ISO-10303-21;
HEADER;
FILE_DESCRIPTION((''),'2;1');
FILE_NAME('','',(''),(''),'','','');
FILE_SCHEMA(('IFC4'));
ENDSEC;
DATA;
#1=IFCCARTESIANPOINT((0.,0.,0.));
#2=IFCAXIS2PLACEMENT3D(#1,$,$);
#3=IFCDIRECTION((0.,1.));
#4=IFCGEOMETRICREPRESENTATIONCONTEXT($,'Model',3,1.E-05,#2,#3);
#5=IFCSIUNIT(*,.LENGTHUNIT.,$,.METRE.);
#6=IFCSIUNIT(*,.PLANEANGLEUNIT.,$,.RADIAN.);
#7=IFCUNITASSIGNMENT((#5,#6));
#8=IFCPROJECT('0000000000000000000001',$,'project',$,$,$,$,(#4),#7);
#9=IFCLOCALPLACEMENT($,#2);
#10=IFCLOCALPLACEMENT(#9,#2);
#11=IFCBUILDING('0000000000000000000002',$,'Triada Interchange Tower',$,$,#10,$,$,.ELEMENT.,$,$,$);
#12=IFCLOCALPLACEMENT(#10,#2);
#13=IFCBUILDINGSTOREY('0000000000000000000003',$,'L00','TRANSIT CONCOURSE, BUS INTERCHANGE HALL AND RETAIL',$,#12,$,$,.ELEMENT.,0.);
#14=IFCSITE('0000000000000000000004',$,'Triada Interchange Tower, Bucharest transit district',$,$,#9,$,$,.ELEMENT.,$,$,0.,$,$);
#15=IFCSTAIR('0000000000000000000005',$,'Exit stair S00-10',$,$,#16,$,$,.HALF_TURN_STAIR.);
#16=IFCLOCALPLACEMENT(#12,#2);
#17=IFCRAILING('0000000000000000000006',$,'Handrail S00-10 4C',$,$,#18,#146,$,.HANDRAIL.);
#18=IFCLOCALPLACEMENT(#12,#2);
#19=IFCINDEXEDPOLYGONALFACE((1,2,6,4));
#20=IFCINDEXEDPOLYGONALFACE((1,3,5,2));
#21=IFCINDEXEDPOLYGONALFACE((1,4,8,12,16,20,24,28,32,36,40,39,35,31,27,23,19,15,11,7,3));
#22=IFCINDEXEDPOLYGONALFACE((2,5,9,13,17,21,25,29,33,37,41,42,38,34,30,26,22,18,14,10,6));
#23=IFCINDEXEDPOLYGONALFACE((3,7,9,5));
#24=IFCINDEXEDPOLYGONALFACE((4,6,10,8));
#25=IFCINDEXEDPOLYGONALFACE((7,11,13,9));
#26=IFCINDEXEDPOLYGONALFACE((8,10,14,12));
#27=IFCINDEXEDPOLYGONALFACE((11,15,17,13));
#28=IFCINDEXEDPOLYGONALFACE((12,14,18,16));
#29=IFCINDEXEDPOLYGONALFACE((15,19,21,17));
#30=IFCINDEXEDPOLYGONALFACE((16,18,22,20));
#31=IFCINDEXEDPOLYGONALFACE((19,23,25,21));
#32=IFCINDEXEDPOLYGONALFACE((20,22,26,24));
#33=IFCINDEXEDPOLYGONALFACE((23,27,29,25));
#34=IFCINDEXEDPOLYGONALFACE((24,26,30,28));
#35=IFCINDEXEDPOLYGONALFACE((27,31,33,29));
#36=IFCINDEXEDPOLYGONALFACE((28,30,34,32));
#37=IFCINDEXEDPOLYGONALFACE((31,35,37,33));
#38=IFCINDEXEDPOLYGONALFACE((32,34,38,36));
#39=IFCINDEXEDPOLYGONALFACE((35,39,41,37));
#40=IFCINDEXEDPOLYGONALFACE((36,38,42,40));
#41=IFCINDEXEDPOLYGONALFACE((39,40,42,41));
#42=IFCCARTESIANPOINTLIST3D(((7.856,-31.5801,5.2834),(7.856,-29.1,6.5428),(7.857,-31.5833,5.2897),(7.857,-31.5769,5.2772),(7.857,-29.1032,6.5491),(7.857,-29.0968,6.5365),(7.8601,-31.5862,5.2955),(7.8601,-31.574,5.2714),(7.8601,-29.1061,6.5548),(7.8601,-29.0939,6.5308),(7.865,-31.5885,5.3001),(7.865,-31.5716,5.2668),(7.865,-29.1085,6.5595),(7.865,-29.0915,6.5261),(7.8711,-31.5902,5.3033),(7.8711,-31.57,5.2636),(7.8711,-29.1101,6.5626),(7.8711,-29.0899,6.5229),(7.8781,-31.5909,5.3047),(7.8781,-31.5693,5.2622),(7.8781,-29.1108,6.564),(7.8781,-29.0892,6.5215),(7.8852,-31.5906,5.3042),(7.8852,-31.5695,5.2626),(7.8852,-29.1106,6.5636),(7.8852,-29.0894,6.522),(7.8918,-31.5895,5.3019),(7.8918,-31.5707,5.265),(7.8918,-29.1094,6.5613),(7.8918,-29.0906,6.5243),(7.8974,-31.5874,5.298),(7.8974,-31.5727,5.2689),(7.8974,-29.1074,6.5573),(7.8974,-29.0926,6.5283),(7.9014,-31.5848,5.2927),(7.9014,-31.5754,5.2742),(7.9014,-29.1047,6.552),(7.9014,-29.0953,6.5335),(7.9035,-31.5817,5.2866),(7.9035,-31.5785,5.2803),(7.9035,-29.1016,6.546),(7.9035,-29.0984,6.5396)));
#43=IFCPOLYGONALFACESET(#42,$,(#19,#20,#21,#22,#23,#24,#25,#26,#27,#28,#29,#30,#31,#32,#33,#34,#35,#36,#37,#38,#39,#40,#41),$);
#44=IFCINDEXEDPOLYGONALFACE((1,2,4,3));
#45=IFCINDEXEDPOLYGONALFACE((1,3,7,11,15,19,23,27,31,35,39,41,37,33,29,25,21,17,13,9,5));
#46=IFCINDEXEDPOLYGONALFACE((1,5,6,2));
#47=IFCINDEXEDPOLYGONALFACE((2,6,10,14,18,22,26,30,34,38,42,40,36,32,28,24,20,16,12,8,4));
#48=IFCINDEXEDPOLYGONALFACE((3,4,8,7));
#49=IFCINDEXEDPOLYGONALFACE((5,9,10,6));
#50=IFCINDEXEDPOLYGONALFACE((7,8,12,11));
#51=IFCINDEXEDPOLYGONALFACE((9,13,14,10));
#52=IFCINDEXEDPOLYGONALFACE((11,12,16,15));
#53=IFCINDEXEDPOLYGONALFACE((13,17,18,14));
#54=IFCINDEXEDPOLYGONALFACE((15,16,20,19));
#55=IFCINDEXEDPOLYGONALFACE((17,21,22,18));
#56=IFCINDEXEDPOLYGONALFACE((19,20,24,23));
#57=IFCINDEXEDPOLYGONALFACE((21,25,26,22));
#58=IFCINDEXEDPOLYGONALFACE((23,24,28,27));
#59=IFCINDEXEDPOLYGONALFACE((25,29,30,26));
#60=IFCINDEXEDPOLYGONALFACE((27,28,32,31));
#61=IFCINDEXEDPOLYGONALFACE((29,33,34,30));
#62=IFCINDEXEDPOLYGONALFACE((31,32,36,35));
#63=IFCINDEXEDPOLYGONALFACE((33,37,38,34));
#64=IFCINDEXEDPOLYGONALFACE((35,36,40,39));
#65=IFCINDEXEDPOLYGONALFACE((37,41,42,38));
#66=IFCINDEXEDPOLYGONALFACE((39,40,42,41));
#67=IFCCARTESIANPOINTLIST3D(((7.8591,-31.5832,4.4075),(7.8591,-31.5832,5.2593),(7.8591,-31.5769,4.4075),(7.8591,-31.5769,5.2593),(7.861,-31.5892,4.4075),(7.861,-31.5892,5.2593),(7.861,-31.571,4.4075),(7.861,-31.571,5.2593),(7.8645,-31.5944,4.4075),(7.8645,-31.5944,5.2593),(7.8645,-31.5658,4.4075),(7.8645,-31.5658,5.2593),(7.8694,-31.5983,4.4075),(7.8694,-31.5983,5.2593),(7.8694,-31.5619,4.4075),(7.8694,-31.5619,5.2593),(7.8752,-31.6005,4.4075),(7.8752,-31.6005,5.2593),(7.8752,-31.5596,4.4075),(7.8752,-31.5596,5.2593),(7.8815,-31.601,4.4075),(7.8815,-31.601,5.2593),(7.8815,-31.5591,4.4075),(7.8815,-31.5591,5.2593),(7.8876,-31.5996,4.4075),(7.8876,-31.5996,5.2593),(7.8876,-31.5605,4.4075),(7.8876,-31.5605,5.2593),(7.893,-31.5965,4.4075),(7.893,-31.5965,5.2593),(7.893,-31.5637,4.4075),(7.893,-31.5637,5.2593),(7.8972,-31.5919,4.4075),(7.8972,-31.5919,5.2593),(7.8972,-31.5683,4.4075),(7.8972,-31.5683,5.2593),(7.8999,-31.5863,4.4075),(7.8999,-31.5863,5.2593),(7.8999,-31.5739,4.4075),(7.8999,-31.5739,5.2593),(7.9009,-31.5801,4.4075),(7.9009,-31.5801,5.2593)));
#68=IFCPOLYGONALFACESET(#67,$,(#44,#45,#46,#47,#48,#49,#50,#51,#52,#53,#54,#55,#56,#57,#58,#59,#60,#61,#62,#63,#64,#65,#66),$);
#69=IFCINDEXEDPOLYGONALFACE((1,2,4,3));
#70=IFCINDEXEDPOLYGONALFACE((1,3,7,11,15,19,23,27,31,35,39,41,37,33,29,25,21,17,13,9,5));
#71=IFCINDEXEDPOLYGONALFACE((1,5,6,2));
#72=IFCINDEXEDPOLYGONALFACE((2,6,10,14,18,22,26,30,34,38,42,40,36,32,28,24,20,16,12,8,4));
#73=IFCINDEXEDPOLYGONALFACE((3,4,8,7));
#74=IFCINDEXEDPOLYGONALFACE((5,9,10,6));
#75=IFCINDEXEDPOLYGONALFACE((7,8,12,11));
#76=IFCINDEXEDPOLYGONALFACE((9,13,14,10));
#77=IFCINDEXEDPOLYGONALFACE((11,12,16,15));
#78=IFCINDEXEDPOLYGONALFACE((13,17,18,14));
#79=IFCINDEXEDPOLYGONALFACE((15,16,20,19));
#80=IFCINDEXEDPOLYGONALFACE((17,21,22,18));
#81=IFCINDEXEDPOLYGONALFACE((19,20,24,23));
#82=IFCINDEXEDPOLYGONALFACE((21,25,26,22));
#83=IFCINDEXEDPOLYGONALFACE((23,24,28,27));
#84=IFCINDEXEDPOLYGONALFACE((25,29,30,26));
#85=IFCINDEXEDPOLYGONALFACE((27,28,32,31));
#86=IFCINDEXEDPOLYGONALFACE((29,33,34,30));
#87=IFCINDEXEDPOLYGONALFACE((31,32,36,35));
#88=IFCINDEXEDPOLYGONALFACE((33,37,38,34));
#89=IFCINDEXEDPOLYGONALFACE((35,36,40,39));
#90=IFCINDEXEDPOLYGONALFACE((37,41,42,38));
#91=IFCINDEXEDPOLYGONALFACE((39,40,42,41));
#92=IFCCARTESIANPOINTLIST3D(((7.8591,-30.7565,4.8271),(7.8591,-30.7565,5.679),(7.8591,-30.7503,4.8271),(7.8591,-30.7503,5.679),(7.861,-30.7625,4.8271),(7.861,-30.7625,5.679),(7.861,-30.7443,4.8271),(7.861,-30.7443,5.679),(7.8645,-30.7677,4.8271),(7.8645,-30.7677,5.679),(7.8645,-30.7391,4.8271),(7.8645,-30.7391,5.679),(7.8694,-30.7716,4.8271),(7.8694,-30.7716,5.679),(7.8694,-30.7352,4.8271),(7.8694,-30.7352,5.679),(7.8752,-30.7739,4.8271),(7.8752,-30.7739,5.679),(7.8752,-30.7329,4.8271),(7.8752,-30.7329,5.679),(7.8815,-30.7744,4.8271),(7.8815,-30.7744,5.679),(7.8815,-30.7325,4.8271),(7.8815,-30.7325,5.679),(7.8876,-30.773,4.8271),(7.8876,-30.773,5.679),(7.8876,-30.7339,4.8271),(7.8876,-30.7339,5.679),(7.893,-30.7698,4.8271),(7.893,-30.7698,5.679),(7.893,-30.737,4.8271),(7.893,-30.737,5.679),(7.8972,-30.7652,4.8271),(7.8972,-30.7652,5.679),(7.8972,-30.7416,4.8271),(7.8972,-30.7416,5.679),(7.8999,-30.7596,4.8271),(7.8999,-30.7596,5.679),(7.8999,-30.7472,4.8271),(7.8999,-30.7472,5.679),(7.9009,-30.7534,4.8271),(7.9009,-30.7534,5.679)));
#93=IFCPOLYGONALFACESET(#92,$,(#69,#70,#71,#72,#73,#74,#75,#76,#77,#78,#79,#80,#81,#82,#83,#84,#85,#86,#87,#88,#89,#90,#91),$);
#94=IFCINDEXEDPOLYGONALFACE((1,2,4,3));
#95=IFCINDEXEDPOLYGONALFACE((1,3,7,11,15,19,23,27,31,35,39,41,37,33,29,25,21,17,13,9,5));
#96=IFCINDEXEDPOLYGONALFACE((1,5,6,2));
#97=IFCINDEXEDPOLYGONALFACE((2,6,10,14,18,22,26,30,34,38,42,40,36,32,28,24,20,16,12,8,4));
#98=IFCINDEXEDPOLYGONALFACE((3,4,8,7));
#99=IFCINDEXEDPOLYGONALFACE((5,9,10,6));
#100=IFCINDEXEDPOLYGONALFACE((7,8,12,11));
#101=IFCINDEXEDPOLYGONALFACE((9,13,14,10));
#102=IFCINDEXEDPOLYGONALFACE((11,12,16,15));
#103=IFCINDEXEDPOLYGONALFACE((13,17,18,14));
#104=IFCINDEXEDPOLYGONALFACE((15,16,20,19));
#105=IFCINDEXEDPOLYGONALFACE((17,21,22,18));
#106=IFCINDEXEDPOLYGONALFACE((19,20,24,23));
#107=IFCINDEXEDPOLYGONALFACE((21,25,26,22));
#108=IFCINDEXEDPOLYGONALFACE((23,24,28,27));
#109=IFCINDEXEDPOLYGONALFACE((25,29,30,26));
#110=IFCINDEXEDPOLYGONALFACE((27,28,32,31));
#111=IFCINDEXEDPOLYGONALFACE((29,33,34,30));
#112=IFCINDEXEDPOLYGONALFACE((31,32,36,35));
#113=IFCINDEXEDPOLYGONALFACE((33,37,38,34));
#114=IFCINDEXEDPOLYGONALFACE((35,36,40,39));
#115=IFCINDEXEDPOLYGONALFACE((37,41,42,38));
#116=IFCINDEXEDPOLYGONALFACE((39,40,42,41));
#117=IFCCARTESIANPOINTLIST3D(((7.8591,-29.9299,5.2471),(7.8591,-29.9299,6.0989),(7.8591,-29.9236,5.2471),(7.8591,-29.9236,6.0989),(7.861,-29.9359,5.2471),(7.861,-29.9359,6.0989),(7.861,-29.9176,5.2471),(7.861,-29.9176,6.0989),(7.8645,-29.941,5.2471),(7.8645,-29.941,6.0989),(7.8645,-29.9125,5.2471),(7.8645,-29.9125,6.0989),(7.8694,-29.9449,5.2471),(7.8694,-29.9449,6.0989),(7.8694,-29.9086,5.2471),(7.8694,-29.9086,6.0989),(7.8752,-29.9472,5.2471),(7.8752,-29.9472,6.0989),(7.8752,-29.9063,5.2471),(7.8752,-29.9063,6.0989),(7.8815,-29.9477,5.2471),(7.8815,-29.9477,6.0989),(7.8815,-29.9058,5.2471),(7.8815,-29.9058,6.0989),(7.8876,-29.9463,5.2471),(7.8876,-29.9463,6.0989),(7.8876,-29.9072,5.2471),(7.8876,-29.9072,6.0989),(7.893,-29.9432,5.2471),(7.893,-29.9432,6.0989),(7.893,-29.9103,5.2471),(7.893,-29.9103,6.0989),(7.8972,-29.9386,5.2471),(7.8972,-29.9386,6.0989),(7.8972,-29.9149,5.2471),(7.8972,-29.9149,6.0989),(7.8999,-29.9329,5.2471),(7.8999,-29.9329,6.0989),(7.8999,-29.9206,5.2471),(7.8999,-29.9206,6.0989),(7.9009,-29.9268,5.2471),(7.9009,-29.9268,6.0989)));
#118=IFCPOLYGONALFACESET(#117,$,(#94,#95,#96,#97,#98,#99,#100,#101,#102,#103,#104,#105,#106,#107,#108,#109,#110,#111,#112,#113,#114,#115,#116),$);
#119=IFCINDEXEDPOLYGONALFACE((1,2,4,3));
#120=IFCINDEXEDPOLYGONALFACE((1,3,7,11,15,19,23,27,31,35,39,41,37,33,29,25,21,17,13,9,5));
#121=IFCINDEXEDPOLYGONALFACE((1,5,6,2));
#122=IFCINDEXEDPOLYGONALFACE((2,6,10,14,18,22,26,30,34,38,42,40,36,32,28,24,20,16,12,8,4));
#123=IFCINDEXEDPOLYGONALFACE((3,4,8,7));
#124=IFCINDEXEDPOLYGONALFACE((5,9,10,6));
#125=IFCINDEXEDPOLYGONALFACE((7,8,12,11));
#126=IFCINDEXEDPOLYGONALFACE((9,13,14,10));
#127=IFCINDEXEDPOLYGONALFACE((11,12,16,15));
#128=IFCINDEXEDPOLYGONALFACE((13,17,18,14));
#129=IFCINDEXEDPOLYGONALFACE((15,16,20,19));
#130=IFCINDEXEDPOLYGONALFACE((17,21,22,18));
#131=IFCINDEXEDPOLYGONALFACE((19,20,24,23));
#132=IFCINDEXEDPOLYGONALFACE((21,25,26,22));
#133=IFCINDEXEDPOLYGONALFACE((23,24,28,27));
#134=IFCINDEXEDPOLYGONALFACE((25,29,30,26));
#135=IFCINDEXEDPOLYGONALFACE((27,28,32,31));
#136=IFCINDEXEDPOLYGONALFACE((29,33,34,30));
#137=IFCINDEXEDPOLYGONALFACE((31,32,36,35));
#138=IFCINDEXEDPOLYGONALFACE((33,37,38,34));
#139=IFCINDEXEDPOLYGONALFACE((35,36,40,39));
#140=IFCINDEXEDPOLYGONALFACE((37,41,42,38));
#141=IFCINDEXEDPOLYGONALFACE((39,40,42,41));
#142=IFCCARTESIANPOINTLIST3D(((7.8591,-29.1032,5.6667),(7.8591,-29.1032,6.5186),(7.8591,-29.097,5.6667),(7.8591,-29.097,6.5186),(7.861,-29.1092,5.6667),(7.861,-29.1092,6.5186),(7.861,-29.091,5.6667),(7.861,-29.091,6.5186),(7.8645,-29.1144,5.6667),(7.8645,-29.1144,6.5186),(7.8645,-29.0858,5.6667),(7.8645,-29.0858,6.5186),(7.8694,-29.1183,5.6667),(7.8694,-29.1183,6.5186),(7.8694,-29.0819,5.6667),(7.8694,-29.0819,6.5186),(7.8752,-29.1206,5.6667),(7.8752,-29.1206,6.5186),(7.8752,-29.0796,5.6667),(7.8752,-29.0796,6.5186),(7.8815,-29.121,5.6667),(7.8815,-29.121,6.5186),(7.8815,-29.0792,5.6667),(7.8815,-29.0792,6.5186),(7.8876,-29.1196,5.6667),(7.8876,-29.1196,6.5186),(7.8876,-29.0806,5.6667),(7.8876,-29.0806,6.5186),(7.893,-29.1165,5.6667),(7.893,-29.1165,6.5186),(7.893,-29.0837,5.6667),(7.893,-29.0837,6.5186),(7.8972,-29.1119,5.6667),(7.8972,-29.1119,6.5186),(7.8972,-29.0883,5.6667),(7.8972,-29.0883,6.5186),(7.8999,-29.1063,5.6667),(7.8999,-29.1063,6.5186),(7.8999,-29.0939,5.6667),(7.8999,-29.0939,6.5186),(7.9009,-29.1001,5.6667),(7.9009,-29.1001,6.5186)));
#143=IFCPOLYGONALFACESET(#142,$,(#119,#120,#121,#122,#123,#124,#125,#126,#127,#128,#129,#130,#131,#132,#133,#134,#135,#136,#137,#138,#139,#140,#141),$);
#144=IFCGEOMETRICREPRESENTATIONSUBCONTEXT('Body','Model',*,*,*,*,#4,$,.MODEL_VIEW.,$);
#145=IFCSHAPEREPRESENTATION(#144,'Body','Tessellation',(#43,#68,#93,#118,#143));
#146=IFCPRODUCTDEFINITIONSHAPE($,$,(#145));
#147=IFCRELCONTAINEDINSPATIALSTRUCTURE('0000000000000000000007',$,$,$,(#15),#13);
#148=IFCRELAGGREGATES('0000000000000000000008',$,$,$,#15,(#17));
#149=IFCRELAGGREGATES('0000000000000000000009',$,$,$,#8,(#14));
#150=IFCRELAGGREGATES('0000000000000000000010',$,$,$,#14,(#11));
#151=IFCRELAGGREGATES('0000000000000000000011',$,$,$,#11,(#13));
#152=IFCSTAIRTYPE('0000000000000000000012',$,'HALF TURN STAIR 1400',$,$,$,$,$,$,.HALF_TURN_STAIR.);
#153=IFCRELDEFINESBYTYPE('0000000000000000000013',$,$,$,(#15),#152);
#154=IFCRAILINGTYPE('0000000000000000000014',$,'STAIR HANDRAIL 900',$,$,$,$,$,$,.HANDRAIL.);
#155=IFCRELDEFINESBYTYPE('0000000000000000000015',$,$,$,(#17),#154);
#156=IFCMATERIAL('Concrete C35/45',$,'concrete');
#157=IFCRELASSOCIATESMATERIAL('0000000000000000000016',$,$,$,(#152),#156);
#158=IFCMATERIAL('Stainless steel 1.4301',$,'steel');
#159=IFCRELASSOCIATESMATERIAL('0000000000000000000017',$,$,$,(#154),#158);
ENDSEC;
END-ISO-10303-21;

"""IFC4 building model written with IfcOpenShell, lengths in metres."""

from ifc_helpers import new_model, si_unit, direction, frame, origin, origin_2d, place, context, subcontext, project, spatial, circle, extrude, material, type_object, element, aggregate, save


model = new_model("IFC4")

# Units and contexts
model_context = context("Model", 3, precision=1e-05, world=origin(), true_north=direction((0.0, 1.0)))
body_context = subcontext(model_context, "Body", "Model", "MODEL_VIEW")
ifc_project = project(units=[si_unit("LENGTHUNIT", "METRE"), si_unit("PLANEANGLEUNIT", "RADIAN")], contexts=[model_context])

# Site, building, storey
site_placement = place(None, origin())
site = spatial("IfcSite", under=ifc_project, at=site_placement, Name="Triada Interchange Tower, Bucharest transit district", CompositionType="ELEMENT", RefElevation=0.0)
building_placement = place(site_placement, origin())
building = spatial("IfcBuilding", under=site, at=building_placement, Name="Triada Interchange Tower", CompositionType="ELEMENT")
storey_placement = place(building_placement, origin())
storey = spatial("IfcBuildingStorey", under=building, at=storey_placement, Name="L00", Description="TRANSIT CONCOURSE, BUS INTERCHANGE HALL AND RETAIL", CompositionType="ELEMENT", Elevation=0.0)

# Stair, railing
ifc_material_1 = material(Name="Concrete C35/45", Category="concrete")
stair_type = type_object("IfcStairType", Name="HALF TURN STAIR 1400", PredefinedType="HALF_TURN_STAIR", material=ifc_material_1)
stair_placement = place(storey_placement, origin())
stair = element("IfcStair", 1, at=stair_placement, inside=storey, type_object=stair_type, Name="Exit stair S00-10", PredefinedType="HALF_TURN_STAIR")
ifc_material_2 = material(Name="Stainless steel 1.4301", Category="steel")
railing_type = type_object("IfcRailingType", Name="STAIR HANDRAIL 900", PredefinedType="HANDRAIL", material=ifc_material_2)
railing_1_placement = place(storey_placement, frame((7.8799, -31.5801, 4.4075)))
railing_1 = element("IfcRailing", 2, at=railing_1_placement, type_object=railing_type, Name="Handrail S00-10 4C", PredefinedType="HANDRAIL", context=body_context, shape_type="SweptSolid", body=[
    extrude(circle(Radius=0.0239, at=origin_2d()), frame((0.0, 0.0, 0.876), z_axis=(0.0, 0.891636, 0.452752), x_axis=(-1.0, 0.0, 0.0)), (0.0, 0.0, 1.0), 2.7815),
    extrude(circle(Radius=0.021, at=origin_2d()), origin(), (0.0, 0.0, 1.0), 0.8518),
    extrude(circle(Radius=0.021, at=origin_2d()), frame((0.0, 0.8267, 0.4197)), (0.0, 0.0, 1.0), 0.8518),
    extrude(circle(Radius=0.021, at=origin_2d()), frame((0.0, 1.6533, 0.8396)), (0.0, 0.0, 1.0), 0.8518),
    extrude(circle(Radius=0.021, at=origin_2d()), frame((0.0, 2.48, 1.2593)), (0.0, 0.0, 1.0), 0.8518),
])
aggregate(stair, [railing_1])

save(model, "model.ifc")
